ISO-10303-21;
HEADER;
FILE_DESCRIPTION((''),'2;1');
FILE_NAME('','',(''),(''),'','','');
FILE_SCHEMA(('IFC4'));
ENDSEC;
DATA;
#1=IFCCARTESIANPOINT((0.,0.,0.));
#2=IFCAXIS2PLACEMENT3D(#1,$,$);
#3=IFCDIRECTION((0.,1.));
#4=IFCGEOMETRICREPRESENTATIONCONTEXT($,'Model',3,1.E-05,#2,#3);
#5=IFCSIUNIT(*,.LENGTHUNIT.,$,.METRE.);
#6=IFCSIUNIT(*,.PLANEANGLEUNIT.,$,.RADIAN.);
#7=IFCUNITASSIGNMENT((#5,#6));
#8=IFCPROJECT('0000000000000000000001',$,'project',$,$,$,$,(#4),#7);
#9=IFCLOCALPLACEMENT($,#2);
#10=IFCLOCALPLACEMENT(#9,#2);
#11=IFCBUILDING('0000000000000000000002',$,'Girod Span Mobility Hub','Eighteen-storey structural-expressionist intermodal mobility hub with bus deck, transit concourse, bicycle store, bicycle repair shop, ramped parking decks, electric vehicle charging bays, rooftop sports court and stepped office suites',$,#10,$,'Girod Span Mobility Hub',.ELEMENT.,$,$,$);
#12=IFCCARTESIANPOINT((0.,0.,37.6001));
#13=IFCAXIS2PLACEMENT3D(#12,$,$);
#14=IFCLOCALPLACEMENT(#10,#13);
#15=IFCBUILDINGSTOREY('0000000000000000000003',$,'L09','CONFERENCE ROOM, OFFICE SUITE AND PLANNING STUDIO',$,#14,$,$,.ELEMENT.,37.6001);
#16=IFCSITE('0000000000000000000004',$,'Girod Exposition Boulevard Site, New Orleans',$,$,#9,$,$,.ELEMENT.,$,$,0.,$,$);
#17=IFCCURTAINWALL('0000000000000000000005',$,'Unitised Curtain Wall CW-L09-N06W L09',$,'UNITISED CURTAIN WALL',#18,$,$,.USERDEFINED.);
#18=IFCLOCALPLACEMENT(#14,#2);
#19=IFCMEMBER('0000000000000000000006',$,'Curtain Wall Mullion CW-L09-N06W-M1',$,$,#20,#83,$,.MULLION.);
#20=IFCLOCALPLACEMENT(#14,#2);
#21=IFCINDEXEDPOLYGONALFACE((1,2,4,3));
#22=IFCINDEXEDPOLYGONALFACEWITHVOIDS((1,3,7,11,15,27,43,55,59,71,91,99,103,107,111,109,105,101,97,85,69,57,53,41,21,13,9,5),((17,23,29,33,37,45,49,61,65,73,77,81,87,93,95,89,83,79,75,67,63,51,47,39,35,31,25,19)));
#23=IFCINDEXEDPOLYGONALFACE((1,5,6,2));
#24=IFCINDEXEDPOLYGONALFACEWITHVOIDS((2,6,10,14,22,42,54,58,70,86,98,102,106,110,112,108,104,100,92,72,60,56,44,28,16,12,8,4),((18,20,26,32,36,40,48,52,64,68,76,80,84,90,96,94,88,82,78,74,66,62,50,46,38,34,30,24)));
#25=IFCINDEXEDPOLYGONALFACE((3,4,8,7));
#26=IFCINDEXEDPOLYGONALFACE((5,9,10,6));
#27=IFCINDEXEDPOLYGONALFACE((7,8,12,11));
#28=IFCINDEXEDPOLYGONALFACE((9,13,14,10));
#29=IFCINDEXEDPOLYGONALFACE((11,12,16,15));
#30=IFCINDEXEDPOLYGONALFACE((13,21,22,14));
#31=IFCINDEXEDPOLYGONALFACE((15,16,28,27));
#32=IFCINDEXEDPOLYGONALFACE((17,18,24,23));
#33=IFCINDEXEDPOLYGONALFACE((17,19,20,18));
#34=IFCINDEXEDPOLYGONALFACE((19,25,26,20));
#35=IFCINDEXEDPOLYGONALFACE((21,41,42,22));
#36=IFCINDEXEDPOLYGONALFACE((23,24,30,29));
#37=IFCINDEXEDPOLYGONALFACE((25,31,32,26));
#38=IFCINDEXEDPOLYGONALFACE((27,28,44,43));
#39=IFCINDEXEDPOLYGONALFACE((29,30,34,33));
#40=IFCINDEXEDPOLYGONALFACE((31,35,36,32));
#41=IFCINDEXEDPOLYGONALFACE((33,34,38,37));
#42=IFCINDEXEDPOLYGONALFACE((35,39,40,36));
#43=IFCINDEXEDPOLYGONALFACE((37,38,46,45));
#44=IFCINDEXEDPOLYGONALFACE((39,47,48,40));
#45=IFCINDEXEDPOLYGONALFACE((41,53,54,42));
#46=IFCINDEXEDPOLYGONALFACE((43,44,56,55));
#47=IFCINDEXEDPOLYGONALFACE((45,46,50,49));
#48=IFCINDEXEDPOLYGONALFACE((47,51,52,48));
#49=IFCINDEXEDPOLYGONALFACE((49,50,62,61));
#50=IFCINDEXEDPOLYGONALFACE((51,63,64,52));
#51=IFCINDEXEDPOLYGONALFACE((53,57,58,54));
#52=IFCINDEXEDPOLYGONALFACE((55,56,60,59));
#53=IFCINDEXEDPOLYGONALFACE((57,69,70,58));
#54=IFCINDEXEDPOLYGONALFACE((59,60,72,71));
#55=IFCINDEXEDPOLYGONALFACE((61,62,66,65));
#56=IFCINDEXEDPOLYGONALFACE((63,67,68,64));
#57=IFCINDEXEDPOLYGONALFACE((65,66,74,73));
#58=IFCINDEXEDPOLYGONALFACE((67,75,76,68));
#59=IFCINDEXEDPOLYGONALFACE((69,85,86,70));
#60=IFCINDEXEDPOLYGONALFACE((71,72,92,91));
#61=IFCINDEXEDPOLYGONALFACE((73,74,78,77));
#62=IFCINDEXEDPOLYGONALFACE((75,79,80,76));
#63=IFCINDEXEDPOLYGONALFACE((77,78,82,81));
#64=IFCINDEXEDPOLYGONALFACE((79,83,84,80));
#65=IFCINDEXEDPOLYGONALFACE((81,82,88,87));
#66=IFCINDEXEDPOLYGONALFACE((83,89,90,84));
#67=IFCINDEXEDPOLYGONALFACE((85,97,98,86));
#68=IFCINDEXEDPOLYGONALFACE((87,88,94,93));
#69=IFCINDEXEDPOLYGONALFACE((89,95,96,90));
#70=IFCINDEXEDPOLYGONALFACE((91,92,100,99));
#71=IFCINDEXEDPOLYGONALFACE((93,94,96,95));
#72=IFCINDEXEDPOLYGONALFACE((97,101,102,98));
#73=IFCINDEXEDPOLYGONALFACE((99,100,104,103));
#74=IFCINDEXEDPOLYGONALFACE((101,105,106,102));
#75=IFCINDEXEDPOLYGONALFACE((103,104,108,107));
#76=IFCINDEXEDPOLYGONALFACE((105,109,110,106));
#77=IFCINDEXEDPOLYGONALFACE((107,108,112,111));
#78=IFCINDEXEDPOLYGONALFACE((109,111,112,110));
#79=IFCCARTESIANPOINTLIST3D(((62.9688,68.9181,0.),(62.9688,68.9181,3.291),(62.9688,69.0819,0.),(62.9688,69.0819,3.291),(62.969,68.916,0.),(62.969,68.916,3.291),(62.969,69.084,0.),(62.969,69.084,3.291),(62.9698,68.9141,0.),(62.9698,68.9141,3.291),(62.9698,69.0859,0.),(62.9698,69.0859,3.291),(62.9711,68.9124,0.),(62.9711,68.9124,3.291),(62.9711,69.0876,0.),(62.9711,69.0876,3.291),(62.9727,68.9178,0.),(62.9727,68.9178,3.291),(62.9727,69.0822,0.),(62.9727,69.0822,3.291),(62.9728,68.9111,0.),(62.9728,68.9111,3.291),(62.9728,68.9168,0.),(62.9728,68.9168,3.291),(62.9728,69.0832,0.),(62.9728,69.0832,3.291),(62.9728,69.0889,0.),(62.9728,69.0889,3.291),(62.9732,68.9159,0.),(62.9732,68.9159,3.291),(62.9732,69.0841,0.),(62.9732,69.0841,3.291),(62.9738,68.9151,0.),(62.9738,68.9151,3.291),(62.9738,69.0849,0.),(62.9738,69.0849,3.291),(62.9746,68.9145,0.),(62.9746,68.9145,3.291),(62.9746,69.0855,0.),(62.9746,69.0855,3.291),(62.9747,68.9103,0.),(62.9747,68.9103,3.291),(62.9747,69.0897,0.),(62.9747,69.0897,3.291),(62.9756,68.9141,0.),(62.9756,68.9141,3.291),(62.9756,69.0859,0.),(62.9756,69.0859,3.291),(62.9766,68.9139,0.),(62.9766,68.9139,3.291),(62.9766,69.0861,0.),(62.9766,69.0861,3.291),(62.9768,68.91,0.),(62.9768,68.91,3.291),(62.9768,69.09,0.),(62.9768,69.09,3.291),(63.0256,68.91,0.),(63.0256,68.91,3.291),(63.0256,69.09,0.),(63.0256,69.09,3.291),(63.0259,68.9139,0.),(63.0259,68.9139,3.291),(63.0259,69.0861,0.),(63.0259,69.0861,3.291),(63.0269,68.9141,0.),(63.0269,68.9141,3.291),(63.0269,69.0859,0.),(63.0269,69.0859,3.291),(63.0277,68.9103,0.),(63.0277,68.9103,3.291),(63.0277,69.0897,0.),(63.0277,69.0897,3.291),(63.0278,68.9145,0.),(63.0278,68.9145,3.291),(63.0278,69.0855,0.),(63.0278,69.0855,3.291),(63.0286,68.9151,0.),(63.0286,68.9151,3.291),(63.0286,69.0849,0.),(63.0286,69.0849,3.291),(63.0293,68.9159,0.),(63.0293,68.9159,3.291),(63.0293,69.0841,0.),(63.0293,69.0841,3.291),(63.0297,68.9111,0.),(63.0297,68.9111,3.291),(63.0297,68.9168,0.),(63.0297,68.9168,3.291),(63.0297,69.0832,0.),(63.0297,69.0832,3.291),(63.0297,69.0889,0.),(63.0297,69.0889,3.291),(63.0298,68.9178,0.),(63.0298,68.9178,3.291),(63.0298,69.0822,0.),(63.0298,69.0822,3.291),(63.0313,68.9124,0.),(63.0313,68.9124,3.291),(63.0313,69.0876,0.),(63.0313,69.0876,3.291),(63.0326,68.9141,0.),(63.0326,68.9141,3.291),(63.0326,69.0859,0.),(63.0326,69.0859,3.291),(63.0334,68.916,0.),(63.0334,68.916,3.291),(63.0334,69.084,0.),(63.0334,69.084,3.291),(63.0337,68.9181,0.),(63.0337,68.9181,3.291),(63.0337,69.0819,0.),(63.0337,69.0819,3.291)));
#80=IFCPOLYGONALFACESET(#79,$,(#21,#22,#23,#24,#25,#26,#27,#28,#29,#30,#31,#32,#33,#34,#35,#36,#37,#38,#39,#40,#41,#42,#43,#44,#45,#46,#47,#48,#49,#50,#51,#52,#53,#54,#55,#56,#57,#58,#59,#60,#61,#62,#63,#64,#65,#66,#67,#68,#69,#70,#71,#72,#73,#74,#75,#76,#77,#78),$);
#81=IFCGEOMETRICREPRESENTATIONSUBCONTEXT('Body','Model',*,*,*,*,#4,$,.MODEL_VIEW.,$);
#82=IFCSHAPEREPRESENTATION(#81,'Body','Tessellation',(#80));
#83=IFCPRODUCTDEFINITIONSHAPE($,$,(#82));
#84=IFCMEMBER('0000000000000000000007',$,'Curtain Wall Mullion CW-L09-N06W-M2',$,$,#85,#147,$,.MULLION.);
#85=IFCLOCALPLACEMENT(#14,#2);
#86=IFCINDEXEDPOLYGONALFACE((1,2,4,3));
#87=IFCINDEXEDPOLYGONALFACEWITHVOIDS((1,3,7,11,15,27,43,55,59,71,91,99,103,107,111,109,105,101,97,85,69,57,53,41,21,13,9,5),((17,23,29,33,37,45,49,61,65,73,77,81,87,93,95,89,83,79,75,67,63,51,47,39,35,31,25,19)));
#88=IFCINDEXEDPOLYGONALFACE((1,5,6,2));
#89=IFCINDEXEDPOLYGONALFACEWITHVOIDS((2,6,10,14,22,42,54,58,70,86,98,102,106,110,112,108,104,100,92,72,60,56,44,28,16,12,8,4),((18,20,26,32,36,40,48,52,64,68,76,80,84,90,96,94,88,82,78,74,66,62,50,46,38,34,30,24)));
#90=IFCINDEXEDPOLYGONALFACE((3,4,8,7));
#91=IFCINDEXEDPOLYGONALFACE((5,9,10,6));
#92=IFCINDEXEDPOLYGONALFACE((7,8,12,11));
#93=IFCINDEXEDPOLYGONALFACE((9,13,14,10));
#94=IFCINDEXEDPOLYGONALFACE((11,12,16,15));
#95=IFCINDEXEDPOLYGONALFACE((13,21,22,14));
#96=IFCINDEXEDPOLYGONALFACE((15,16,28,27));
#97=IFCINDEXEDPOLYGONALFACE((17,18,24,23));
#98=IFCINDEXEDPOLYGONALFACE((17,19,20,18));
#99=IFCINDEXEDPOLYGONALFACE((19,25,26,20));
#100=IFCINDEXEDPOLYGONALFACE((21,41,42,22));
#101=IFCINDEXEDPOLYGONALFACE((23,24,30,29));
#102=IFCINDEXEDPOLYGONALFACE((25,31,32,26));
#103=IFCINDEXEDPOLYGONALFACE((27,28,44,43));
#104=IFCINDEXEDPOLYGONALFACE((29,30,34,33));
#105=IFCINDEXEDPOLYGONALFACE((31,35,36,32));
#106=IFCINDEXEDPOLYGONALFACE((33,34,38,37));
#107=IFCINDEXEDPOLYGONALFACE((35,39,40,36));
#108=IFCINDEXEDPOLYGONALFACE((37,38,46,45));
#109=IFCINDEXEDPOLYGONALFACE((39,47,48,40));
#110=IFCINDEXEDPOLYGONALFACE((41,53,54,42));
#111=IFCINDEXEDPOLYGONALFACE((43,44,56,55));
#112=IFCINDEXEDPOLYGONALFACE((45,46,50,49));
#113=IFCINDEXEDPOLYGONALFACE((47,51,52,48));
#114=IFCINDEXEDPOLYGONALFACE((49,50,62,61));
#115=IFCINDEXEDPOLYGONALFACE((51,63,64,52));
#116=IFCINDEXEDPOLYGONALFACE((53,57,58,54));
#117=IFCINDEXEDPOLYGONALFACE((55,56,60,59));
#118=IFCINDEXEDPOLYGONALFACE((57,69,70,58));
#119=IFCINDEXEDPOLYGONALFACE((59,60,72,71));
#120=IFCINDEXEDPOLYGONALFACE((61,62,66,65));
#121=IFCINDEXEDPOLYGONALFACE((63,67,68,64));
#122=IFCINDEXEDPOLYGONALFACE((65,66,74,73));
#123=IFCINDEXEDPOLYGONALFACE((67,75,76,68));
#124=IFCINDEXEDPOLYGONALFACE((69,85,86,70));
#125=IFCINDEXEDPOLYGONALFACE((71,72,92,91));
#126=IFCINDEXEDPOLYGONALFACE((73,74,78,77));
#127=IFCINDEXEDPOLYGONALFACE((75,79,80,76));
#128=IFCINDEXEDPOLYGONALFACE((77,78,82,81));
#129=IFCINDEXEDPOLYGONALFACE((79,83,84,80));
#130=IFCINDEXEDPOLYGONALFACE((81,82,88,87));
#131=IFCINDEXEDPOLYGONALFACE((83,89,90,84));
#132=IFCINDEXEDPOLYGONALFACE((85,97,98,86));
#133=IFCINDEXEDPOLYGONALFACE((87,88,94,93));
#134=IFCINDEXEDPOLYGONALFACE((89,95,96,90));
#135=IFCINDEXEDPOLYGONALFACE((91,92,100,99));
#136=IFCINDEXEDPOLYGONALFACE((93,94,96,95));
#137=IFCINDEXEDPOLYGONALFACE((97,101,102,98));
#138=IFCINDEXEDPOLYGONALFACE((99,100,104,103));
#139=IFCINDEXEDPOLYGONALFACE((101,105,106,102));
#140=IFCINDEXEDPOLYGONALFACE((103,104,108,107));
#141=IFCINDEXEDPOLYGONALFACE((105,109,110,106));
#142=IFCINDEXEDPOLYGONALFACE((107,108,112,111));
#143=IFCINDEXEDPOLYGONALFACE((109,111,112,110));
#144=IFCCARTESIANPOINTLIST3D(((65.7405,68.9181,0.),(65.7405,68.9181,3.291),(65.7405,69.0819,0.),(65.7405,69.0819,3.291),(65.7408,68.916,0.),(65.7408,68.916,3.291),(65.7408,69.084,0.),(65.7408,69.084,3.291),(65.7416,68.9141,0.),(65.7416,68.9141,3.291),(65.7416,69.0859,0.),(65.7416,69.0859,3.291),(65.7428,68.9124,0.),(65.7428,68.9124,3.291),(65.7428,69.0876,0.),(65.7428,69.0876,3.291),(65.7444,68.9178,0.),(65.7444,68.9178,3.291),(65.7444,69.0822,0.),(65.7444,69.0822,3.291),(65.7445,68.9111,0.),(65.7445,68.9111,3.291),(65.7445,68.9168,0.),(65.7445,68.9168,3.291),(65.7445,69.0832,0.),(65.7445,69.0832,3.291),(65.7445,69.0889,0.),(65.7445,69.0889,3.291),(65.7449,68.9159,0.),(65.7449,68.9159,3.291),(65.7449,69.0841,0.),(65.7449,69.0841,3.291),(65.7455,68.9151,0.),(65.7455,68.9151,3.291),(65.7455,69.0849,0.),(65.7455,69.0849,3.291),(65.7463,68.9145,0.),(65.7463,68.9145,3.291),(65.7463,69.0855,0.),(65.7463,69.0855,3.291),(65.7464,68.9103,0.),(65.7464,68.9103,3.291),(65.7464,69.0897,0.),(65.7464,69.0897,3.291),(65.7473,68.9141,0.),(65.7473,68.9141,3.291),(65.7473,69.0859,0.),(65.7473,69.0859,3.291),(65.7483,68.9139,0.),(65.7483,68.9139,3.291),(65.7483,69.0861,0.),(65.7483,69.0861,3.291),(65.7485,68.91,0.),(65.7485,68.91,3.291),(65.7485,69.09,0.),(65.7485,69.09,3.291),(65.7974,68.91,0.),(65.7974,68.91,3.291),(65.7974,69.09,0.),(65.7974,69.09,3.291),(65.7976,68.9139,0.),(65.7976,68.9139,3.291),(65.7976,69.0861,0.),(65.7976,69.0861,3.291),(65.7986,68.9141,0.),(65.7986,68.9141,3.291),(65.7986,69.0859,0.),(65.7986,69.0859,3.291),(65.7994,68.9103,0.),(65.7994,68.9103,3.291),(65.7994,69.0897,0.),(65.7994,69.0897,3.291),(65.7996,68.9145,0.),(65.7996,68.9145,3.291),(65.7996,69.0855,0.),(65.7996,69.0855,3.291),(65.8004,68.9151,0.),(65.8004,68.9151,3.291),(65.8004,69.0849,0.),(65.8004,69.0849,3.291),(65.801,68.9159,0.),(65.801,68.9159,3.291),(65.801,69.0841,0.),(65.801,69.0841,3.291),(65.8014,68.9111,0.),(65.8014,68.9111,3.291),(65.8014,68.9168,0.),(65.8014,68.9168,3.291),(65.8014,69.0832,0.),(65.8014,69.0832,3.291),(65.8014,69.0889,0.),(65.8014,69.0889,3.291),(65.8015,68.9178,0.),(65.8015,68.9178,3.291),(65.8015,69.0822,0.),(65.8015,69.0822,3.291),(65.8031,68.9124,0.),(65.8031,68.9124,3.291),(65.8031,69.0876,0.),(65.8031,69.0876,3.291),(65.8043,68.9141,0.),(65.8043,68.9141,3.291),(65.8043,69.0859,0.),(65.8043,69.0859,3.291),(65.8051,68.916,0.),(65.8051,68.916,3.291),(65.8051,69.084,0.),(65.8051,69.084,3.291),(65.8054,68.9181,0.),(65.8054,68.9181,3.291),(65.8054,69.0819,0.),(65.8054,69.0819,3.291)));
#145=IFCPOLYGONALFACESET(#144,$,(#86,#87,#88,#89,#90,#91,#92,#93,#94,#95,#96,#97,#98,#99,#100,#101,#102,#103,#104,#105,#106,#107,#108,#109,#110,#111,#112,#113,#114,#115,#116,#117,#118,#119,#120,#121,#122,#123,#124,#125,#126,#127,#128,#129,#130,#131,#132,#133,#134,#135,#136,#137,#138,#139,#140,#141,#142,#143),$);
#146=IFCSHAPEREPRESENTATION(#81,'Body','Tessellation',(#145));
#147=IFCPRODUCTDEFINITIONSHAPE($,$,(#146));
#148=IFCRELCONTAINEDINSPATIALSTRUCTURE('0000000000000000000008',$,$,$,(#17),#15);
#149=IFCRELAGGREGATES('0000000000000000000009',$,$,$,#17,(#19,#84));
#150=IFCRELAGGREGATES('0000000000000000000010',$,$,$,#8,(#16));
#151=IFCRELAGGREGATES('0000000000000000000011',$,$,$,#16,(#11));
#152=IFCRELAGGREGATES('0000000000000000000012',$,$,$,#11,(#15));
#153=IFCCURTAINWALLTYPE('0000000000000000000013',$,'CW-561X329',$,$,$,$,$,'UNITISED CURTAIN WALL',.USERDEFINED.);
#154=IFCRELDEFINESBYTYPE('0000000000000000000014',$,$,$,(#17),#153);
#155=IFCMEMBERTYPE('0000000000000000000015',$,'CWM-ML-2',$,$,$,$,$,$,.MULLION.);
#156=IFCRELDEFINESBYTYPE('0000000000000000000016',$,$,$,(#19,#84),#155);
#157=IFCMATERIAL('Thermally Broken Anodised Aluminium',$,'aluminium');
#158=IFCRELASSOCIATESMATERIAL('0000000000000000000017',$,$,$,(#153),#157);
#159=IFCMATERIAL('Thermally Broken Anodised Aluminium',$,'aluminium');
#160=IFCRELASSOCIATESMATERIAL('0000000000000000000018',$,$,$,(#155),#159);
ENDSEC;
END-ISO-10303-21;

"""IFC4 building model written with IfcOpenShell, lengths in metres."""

from ifc_helpers import new_model, si_unit, direction, frame, origin, origin_2d, place, context, subcontext, project, spatial, hollow_rectangle, extrude, material, material_profile, profile_set, type_object, element, aggregate, save


model = new_model("IFC4")

# Units and contexts
model_context = context("Model", 3, precision=1e-05, world=origin(), true_north=direction((0.0, 1.0)))
body_context = subcontext(model_context, "Body", "Model", "MODEL_VIEW")
ifc_project = project(units=[si_unit("LENGTHUNIT", "METRE"), si_unit("PLANEANGLEUNIT", "RADIAN")], contexts=[model_context])

# Site, building, storey
site_placement = place(None, origin())
site = spatial("IfcSite", under=ifc_project, at=site_placement, Name="Girod Exposition Boulevard Site, New Orleans", CompositionType="ELEMENT", RefElevation=0.0)
building_placement = place(site_placement, origin())
building = spatial("IfcBuilding", under=site, at=building_placement, Name="Girod Span Mobility Hub", Description="Eighteen-storey structural-expressionist intermodal mobility hub with bus deck, transit concourse, bicycle store, bicycle repair shop, ramped parking decks, electric vehicle charging bays, rooftop sports court and stepped office suites", LongName="Girod Span Mobility Hub", CompositionType="ELEMENT")
storey_placement = place(building_placement, frame((0.0, 0.0, 37.6001)))
storey = spatial("IfcBuildingStorey", under=building, at=storey_placement, Name="L09", Description="CONFERENCE ROOM, OFFICE SUITE AND PLANNING STUDIO", CompositionType="ELEMENT", Elevation=37.6001)

# Curtain wall, members
ifc_material_1 = material(Name="Thermally Broken Anodised Aluminium", Category="aluminium")
curtain_wall_type = type_object("IfcCurtainWallType", Name="CW-561X329", ElementType="UNITISED CURTAIN WALL", PredefinedType="USERDEFINED", material=ifc_material_1)
curtain_wall_1_placement = place(storey_placement, origin())
curtain_wall_1 = element("IfcCurtainWall", 1, at=curtain_wall_1_placement, inside=storey, type_object=curtain_wall_type, Name="Unitised Curtain Wall CW-L09-N06W L09", ObjectType="UNITISED CURTAIN WALL", PredefinedType="USERDEFINED")
ifc_material_2 = material(Name="Thermally Broken Anodised Aluminium", Category="aluminium")
ifc_material_profile_1 = material_profile(ifc_material_2, hollow_rectangle(XDim=0.1799, YDim=0.0649, WallThickness=0.0039, InnerFilletRadius=0.0039, OuterFilletRadius=0.0081, at=origin_2d()), Name="CW-ML-65X180")
ifc_profile_set_1 = profile_set([ifc_material_profile_1], Name="Thermally Broken Anodised Aluminium")
member_type_1 = type_object("IfcMemberType", Name="CWM-ML-2", PredefinedType="MULLION", material=ifc_profile_set_1)
member_1_placement = place(storey_placement, frame((63.0012, 69.0, 0.0), z_axis=(0.0, 0.0, 1.0), x_axis=(0.0, 1.0, 0.0)))
member_1 = element("IfcMember", 2, at=member_1_placement, type_object=member_type_1, Name="Curtain Wall Mullion CW-L09-N06W-M1", PredefinedType="MULLION", context=body_context, shape_type="SweptSolid", body=[
    extrude(hollow_rectangle(XDim=0.1799, YDim=0.0649, WallThickness=0.0039, InnerFilletRadius=0.0039, OuterFilletRadius=0.0081, at=origin_2d()), origin(), (0.0, 0.0, 1.0), 3.291),
])
member_2_placement = place(storey_placement, frame((65.7729, 69.0, 0.0), z_axis=(0.0, 0.0, 1.0), x_axis=(0.0, 1.0, 0.0)))
member_2 = element("IfcMember", 3, at=member_2_placement, type_object=member_type_1, Name="Curtain Wall Mullion CW-L09-N06W-M2", PredefinedType="MULLION", context=body_context, shape_type="SweptSolid", body=[
    extrude(hollow_rectangle(XDim=0.1799, YDim=0.0649, WallThickness=0.0039, InnerFilletRadius=0.0039, OuterFilletRadius=0.0081, at=origin_2d()), origin(), (0.0, 0.0, 1.0), 3.291),
])

aggregate(curtain_wall_1, [member_1, member_2])

save(model, "model.ifc")
